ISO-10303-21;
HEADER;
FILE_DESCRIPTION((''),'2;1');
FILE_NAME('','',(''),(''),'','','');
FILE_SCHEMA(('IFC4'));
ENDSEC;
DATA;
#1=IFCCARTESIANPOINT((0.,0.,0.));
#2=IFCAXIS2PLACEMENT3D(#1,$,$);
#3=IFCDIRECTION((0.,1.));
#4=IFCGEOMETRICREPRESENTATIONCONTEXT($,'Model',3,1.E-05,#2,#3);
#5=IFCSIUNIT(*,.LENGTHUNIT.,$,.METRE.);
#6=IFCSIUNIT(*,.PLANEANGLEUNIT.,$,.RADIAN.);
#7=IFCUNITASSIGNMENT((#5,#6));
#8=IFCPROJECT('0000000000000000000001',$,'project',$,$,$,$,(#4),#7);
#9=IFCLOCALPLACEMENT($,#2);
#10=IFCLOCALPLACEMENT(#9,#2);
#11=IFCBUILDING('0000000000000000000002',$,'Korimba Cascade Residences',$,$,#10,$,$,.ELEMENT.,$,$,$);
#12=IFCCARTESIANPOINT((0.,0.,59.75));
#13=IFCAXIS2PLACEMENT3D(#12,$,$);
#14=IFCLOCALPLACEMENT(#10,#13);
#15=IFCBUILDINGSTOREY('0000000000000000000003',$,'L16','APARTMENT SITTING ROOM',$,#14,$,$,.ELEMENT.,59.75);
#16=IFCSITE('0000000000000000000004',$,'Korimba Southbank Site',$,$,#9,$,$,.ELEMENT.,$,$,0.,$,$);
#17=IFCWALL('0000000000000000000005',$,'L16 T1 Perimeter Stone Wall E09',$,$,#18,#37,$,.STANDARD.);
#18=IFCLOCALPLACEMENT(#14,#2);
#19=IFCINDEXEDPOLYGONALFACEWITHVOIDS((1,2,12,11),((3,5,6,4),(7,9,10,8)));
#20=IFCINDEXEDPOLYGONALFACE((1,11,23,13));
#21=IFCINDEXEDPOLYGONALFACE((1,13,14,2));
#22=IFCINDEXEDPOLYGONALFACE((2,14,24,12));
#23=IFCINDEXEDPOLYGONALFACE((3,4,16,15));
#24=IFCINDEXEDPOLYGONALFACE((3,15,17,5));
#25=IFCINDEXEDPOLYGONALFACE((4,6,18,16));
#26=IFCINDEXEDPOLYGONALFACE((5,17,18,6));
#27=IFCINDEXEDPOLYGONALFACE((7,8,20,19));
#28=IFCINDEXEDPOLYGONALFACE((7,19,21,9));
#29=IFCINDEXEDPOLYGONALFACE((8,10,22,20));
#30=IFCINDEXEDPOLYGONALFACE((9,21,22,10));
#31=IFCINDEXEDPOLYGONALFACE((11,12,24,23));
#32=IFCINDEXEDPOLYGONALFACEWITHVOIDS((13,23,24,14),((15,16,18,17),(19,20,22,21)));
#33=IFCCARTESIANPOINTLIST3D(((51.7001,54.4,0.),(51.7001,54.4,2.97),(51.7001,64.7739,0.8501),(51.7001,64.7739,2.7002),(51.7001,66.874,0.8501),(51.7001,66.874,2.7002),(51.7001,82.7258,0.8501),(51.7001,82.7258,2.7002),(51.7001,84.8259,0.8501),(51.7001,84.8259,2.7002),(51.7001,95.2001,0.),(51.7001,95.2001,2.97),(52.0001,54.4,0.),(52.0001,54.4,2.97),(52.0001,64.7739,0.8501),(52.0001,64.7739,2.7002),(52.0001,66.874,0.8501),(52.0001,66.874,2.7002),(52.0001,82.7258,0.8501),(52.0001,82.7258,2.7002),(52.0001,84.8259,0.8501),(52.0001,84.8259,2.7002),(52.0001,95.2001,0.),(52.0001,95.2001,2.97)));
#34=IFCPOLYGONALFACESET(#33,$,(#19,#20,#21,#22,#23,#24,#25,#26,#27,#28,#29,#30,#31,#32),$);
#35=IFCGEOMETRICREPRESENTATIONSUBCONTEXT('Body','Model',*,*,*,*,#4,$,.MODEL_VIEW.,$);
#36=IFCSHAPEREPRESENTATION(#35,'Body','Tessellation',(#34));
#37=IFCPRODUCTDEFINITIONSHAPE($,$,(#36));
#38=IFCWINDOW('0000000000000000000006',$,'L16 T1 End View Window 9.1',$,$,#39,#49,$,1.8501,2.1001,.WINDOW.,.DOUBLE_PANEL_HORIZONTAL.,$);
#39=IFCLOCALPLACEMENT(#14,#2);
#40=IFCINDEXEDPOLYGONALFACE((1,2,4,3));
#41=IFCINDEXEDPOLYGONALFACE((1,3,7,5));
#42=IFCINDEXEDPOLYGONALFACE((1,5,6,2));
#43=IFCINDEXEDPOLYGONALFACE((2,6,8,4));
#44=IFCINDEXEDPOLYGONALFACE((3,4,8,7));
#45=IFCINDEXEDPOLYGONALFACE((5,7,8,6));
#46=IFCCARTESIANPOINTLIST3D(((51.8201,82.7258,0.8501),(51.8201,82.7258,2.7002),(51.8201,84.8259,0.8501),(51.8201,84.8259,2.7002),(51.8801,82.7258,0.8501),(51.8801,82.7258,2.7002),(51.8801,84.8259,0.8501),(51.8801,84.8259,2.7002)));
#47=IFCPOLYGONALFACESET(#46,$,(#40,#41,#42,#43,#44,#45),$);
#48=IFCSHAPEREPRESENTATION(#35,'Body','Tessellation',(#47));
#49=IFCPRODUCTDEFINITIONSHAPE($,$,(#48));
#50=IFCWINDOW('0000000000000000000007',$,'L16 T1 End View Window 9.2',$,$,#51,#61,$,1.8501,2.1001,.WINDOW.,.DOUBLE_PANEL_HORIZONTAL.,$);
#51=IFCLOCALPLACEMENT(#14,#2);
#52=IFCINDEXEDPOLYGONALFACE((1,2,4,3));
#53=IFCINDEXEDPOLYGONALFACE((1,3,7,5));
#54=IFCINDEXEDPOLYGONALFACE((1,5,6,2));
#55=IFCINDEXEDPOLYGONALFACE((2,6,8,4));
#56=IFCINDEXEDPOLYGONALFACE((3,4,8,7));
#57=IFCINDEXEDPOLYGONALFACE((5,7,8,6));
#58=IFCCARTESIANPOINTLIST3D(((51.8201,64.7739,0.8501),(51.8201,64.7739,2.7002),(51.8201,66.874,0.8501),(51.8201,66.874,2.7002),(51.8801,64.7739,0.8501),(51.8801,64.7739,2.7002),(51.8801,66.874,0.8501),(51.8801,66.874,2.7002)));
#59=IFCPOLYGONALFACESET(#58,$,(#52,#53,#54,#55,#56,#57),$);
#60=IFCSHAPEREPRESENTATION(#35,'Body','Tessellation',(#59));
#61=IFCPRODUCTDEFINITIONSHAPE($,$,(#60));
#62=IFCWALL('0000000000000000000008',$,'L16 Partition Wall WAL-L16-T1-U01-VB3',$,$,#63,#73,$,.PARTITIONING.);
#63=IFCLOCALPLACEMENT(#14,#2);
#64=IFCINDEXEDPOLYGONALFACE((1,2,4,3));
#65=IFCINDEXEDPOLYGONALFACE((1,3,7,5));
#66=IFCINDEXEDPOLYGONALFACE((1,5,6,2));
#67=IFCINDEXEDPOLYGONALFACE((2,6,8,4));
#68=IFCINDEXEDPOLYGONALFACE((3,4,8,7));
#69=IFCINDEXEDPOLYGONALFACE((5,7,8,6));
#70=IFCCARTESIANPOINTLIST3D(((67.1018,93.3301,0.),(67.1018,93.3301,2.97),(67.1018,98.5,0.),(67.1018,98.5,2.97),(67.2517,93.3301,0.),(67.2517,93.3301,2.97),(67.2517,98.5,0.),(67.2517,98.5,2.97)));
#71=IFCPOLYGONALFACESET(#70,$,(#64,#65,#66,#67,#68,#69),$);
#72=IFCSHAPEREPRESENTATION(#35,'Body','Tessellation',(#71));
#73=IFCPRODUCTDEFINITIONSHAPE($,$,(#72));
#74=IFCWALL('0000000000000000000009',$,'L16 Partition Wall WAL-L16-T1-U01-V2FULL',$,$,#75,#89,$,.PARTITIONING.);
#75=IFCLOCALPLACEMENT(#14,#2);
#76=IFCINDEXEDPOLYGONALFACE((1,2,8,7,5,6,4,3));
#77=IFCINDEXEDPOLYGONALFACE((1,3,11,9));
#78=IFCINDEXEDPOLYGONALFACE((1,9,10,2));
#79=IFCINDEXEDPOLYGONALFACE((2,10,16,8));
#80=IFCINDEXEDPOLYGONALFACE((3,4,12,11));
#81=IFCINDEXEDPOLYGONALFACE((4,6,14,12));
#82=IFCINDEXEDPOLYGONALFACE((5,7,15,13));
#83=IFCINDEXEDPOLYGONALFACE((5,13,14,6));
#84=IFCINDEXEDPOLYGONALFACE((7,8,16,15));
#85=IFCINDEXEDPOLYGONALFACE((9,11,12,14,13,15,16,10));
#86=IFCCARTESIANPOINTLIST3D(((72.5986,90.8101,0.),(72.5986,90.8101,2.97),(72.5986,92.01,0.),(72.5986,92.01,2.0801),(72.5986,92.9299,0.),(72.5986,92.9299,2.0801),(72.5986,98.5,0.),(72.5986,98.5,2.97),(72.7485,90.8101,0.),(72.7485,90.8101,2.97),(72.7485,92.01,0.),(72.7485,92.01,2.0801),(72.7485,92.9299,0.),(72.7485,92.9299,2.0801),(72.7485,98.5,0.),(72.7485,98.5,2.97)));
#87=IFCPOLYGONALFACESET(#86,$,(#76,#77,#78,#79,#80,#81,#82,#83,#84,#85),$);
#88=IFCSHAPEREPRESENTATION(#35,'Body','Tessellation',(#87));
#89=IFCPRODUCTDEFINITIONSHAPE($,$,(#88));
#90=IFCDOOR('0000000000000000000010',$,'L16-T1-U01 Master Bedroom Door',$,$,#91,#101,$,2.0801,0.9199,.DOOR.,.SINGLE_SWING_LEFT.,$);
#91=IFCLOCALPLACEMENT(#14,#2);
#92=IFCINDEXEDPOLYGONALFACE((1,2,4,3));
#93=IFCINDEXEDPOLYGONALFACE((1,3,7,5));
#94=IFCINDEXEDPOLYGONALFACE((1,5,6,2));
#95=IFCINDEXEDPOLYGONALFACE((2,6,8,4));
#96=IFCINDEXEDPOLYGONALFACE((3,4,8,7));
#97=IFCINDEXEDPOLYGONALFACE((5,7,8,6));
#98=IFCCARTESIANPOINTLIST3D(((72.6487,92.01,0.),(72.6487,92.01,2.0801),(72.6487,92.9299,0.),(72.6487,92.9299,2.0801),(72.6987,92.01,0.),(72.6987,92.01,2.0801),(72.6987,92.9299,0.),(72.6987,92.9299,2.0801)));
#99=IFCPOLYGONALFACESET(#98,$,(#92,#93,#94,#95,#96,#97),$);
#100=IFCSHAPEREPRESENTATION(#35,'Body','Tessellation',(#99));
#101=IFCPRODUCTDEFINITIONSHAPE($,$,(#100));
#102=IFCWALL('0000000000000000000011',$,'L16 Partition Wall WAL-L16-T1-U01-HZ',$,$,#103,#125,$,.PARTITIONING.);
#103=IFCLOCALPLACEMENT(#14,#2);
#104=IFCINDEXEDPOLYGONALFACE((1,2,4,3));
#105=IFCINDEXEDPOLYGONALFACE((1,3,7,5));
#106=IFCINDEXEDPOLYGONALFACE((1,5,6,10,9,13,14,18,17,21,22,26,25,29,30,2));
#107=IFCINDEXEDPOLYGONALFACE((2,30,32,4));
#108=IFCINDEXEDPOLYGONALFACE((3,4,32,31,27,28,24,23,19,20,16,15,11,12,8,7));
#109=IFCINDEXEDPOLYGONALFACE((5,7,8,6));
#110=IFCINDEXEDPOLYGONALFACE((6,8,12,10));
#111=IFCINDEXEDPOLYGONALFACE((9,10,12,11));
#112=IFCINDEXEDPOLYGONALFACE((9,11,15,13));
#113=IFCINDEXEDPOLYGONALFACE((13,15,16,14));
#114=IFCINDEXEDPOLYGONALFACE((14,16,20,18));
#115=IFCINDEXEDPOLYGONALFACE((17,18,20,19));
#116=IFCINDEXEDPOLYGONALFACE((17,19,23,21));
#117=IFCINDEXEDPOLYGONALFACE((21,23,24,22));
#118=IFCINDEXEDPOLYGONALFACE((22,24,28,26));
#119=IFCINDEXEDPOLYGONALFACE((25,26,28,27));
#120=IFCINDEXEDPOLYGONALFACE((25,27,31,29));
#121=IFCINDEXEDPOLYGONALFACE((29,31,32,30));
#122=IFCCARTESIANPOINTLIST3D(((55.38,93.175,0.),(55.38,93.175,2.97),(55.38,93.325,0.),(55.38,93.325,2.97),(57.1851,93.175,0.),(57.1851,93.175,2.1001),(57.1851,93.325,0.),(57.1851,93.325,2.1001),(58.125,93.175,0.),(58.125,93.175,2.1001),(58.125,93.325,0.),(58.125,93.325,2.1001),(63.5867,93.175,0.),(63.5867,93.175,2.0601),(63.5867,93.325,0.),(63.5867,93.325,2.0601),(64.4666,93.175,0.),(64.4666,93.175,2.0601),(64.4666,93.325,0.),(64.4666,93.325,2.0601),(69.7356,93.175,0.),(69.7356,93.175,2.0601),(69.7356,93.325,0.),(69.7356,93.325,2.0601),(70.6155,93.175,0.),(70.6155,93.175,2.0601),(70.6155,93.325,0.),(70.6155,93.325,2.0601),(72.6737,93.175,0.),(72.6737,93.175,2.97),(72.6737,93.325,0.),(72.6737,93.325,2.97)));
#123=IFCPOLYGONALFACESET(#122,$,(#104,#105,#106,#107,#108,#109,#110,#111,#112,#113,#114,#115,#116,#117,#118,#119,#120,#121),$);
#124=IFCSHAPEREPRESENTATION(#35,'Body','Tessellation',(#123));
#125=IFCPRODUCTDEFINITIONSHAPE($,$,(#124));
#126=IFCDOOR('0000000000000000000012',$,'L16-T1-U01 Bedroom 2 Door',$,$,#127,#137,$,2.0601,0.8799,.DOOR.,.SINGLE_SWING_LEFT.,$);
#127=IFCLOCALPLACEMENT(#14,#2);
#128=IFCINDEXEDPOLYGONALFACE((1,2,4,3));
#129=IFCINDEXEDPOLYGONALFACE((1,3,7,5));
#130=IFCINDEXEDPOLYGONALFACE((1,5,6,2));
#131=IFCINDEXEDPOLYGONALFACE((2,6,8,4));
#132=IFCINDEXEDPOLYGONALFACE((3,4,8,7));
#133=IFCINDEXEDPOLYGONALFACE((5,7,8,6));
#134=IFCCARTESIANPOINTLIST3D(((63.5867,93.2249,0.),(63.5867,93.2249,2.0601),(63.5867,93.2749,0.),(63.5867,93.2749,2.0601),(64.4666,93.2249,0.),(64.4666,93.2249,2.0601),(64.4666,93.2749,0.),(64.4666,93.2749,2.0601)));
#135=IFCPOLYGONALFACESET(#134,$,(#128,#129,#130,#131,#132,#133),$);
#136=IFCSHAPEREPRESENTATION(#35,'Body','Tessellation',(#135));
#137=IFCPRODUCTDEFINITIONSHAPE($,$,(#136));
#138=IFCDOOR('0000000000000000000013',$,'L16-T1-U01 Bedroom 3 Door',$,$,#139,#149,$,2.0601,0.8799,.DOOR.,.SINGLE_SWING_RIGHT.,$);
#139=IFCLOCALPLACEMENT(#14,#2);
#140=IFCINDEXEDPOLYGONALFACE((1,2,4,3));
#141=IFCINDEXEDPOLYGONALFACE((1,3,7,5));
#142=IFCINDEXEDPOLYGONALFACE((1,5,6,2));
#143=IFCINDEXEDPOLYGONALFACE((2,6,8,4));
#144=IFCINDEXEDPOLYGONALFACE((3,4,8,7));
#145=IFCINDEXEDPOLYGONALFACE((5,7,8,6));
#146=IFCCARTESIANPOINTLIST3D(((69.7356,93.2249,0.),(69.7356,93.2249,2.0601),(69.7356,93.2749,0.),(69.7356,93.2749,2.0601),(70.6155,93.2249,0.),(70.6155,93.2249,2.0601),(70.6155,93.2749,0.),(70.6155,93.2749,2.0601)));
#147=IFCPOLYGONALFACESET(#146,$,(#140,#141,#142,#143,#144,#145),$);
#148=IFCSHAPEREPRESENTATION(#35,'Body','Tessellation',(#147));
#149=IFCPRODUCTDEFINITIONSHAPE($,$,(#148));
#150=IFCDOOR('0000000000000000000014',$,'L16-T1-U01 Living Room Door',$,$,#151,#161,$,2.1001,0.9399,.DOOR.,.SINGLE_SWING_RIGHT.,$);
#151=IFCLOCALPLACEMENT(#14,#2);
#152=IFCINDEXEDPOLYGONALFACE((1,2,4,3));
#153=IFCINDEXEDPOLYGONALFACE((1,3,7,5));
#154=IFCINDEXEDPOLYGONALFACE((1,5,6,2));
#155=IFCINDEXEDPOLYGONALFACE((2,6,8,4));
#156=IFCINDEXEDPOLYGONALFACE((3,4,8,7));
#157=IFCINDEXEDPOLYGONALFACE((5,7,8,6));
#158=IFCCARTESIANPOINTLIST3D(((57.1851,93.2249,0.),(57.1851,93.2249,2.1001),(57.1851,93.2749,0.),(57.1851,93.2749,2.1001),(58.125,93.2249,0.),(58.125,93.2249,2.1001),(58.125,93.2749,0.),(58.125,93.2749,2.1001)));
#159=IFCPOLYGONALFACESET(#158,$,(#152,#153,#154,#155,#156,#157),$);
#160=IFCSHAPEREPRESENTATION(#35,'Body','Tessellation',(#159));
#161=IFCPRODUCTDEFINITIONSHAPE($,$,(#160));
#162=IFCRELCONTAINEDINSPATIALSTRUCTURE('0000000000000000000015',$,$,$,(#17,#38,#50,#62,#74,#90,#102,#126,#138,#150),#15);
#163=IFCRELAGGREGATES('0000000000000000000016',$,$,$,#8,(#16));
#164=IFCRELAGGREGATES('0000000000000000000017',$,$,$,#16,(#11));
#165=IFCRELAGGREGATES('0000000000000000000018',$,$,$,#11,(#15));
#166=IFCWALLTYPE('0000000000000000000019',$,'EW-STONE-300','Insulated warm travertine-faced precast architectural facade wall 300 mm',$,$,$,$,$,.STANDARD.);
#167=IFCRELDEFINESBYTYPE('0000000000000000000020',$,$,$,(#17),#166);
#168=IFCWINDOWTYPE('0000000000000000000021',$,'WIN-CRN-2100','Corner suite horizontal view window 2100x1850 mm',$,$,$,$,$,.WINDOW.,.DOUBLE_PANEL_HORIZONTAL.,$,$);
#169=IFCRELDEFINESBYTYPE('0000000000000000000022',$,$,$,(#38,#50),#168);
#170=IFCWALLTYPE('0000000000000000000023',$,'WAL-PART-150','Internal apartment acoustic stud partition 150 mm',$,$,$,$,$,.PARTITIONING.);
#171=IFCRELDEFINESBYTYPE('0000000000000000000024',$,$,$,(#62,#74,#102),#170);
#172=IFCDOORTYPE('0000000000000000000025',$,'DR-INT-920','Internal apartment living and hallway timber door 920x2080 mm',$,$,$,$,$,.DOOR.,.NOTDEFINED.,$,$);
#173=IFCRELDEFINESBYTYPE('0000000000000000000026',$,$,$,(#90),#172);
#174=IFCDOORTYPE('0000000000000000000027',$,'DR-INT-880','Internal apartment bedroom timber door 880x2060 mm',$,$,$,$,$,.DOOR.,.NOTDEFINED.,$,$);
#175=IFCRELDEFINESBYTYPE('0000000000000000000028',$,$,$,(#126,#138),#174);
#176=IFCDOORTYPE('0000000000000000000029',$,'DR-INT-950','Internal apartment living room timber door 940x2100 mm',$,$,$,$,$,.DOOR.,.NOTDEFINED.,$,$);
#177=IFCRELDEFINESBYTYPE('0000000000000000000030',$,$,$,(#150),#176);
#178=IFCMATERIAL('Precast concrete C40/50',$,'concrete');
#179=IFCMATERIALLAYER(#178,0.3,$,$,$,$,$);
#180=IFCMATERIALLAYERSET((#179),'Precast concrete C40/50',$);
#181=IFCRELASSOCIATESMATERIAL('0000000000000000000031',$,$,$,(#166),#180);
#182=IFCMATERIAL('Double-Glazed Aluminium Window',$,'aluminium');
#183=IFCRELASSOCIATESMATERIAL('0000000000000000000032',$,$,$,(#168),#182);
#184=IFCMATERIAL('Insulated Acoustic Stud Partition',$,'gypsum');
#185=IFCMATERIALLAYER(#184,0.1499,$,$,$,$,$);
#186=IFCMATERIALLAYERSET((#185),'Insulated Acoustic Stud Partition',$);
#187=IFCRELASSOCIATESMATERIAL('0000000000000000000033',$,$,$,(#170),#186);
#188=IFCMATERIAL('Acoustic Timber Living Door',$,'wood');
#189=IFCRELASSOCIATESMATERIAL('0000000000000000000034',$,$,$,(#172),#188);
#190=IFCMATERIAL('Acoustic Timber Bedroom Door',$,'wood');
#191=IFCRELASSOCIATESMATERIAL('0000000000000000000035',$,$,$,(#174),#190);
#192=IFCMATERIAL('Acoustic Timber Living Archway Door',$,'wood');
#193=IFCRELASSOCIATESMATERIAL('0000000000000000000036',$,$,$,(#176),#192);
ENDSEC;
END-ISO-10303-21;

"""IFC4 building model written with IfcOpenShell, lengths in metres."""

from ifc_helpers import new_model, si_unit, direction, frame, frame_2d, origin, place, context, subcontext, project, spatial, rectangle, extrude, material, layer, layer_set, type_object, element, fill, save


model = new_model("IFC4")

# Units and contexts
model_context = context("Model", 3, precision=1e-05, world=origin(), true_north=direction((0.0, 1.0)))
body_context = subcontext(model_context, "Body", "Model", "MODEL_VIEW")
ifc_project = project(units=[si_unit("LENGTHUNIT", "METRE"), si_unit("PLANEANGLEUNIT", "RADIAN")], contexts=[model_context])

# Site, building, storey
site_placement = place(None, origin())
site = spatial("IfcSite", under=ifc_project, at=site_placement, Name="Korimba Southbank Site", CompositionType="ELEMENT", RefElevation=0.0)
building_placement = place(site_placement, origin())
building = spatial("IfcBuilding", under=site, at=building_placement, Name="Korimba Cascade Residences", CompositionType="ELEMENT")
storey_placement = place(building_placement, frame((0.0, 0.0, 59.75)))
storey = spatial("IfcBuildingStorey", under=building, at=storey_placement, Name="L16", Description="APARTMENT SITTING ROOM", CompositionType="ELEMENT", Elevation=59.75)

# Shared definitions
ifc_material_1 = material(Name="Precast concrete C40/50", Category="concrete")
ifc_layer_1 = layer(ifc_material_1, 0.3)
ifc_layer_set_1 = layer_set([ifc_layer_1], Name="Precast concrete C40/50")
wall_type_1 = type_object("IfcWallType", Name="EW-STONE-300", Description="Insulated warm travertine-faced precast architectural facade wall 300 mm", PredefinedType="STANDARD", material=ifc_layer_set_1)

# Wall, openings, windows
wall_1_placement = place(storey_placement, frame((51.8501, 95.2, 0.0), z_axis=(0.0, 0.0, 1.0), x_axis=(0.0, -1.0, 0.0)))
wall_1 = element("IfcWall", 1, at=wall_1_placement, inside=storey, type_object=wall_type_1, Name="L16 T1 Perimeter Stone Wall E09", PredefinedType="STANDARD", context=body_context, shape_type="SweptSolid", body=[
    extrude(rectangle(XDim=40.8, YDim=0.3, at=frame_2d((20.3999, 0.0))), origin(), (0.0, 0.0, 1.0), 2.97),
])
opening_1_placement = place(wall_1_placement, frame((10.374, 0.0, 0.8501)))
opening_1 = element("IfcOpeningElement", 2, at=opening_1_placement, cuts=wall_1, PredefinedType="OPENING", context=body_context, shape_type="SweptSolid", body=[
    extrude(rectangle(XDim=2.1001, YDim=1.8501, at=frame_2d((1.05, 0.925))), frame((0.0, 0.1602, 0.0), z_axis=(0.0, -1.0, 0.0), x_axis=(1.0, 0.0, 0.0)), (0.0, 0.0, 1.0), 0.3201),
])
opening_2_placement = place(wall_1_placement, frame((28.3259, 0.0, 0.8501)))
opening_2 = element("IfcOpeningElement", 3, at=opening_2_placement, cuts=wall_1, PredefinedType="OPENING", context=body_context, shape_type="SweptSolid", body=[
    extrude(rectangle(XDim=2.1001, YDim=1.8501, at=frame_2d((1.05, 0.925))), frame((0.0, 0.1602, 0.0), z_axis=(0.0, -1.0, 0.0), x_axis=(1.0, 0.0, 0.0)), (0.0, 0.0, 1.0), 0.3201),
])
ifc_material_2 = material(Name="Double-Glazed Aluminium Window", Category="aluminium")
window_type = type_object("IfcWindowType", Name="WIN-CRN-2100", Description="Corner suite horizontal view window 2100x1850 mm", PartitioningType="DOUBLE_PANEL_HORIZONTAL", PredefinedType="WINDOW", material=ifc_material_2)
window_1_placement = place(opening_1_placement, origin())
window_1 = element("IfcWindow", 4, at=window_1_placement, inside=storey, type_object=window_type, Name="L16 T1 End View Window 9.1", OverallHeight=1.8501, OverallWidth=2.1001, PartitioningType="DOUBLE_PANEL_HORIZONTAL", PredefinedType="WINDOW", context=body_context, shape_type="SweptSolid", body=[
    extrude(rectangle(XDim=2.1001, YDim=1.8501, at=frame_2d((1.05, 0.925))), frame((0.0, 0.03, 0.0), z_axis=(0.0, -1.0, 0.0), x_axis=(1.0, 0.0, 0.0)), (0.0, 0.0, 1.0), 0.0601),
])
fill(opening_1, window_1)
window_2_placement = place(opening_2_placement, origin())
window_2 = element("IfcWindow", 5, at=window_2_placement, inside=storey, type_object=window_type, Name="L16 T1 End View Window 9.2", OverallHeight=1.8501, OverallWidth=2.1001, PartitioningType="DOUBLE_PANEL_HORIZONTAL", PredefinedType="WINDOW", context=body_context, shape_type="SweptSolid", body=[
    extrude(rectangle(XDim=2.1001, YDim=1.8501, at=frame_2d((1.05, 0.925))), frame((0.0, 0.03, 0.0), z_axis=(0.0, -1.0, 0.0), x_axis=(1.0, 0.0, 0.0)), (0.0, 0.0, 1.0), 0.0601),
])
fill(opening_2, window_2)

# Wall
ifc_material_3 = material(Name="Insulated Acoustic Stud Partition", Category="gypsum")
ifc_layer_2 = layer(ifc_material_3, 0.1499)
ifc_layer_set_2 = layer_set([ifc_layer_2], Name="Insulated Acoustic Stud Partition")
wall_type_2 = type_object("IfcWallType", Name="WAL-PART-150", Description="Internal apartment acoustic stud partition 150 mm", PredefinedType="PARTITIONING", material=ifc_layer_set_2)
wall_2_placement = place(storey_placement, frame((67.1768, 93.3301, 0.0), z_axis=(0.0, 0.0, 1.0), x_axis=(0.0, 1.0, 0.0)))
element("IfcWall", 6, at=wall_2_placement, inside=storey, type_object=wall_type_2, Name="L16 Partition Wall WAL-L16-T1-U01-VB3", PredefinedType="PARTITIONING", context=body_context, shape_type="SweptSolid", body=[
    extrude(rectangle(XDim=5.1699, YDim=0.1499, at=frame_2d((2.585, 0.0))), origin(), (0.0, 0.0, 1.0), 2.97),
])

# Wall, opening, door
wall_3_placement = place(storey_placement, frame((72.6736, 90.8101, 0.0), z_axis=(0.0, 0.0, 1.0), x_axis=(0.0, 1.0, 0.0)))
wall_3 = element("IfcWall", 7, at=wall_3_placement, inside=storey, type_object=wall_type_2, Name="L16 Partition Wall WAL-L16-T1-U01-V2FULL", PredefinedType="PARTITIONING", context=body_context, shape_type="SweptSolid", body=[
    extrude(rectangle(XDim=7.6899, YDim=0.1499, at=frame_2d((3.845, 0.0))), origin(), (0.0, 0.0, 1.0), 2.97),
])
opening_3_placement = place(wall_3_placement, frame((1.2, 0.0, 0.0)))
opening_3 = element("IfcOpeningElement", 8, at=opening_3_placement, cuts=wall_3, PredefinedType="OPENING", context=body_context, shape_type="SweptSolid", body=[
    extrude(rectangle(XDim=0.9199, YDim=2.0801, at=frame_2d((0.46, 1.04))), frame((0.0, 0.085, 0.0), z_axis=(0.0, -1.0, 0.0), x_axis=(1.0, 0.0, 0.0)), (0.0, 0.0, 1.0), 0.1699),
])
ifc_material_4 = material(Name="Acoustic Timber Living Door", Category="wood")
door_type_1 = type_object("IfcDoorType", Name="DR-INT-920", Description="Internal apartment living and hallway timber door 920x2080 mm", OperationType="NOTDEFINED", PredefinedType="DOOR", material=ifc_material_4)
door_1_placement = place(opening_3_placement, origin())
door_1 = element("IfcDoor", 9, at=door_1_placement, inside=storey, type_object=door_type_1, Name="L16-T1-U01 Master Bedroom Door", OperationType="SINGLE_SWING_LEFT", OverallHeight=2.0801, OverallWidth=0.9199, PredefinedType="DOOR", context=body_context, shape_type="SweptSolid", body=[
    extrude(rectangle(XDim=0.9199, YDim=2.0801, at=frame_2d((0.46, 1.04))), frame((0.0, 0.0249, 0.0), z_axis=(0.0, -1.0, 0.0), x_axis=(1.0, 0.0, 0.0)), (0.0, 0.0, 1.0), 0.05),
])
fill(opening_3, door_1)

# Wall, openings, doors
wall_4_placement = place(storey_placement, frame((55.3799, 93.25, 0.0), z_axis=(0.0, 0.0, 1.0), x_axis=(1.0, 0.0, 0.0)))
wall_4 = element("IfcWall", 10, at=wall_4_placement, inside=storey, type_object=wall_type_2, Name="L16 Partition Wall WAL-L16-T1-U01-HZ", PredefinedType="PARTITIONING", context=body_context, shape_type="SweptSolid", body=[
    extrude(rectangle(XDim=17.2937, YDim=0.1499, at=frame_2d((8.647, 0.0))), origin(), (0.0, 0.0, 1.0), 2.97),
])
opening_4_placement = place(wall_4_placement, frame((1.8052, 0.0, 0.0)))
opening_4 = element("IfcOpeningElement", 11, at=opening_4_placement, cuts=wall_4, PredefinedType="OPENING", context=body_context, shape_type="SweptSolid", body=[
    extrude(rectangle(XDim=0.9399, YDim=2.1001, at=frame_2d((0.47, 1.05))), frame((0.0, 0.085, 0.0), z_axis=(0.0, -1.0, 0.0), x_axis=(1.0, 0.0, 0.0)), (0.0, 0.0, 1.0), 0.1699),
])
opening_5_placement = place(wall_4_placement, frame((8.2068, 0.0, 0.0)))
opening_5 = element("IfcOpeningElement", 12, at=opening_5_placement, cuts=wall_4, PredefinedType="OPENING", context=body_context, shape_type="SweptSolid", body=[
    extrude(rectangle(XDim=0.8799, YDim=2.0601, at=frame_2d((0.4399, 1.03))), frame((0.0, 0.085, 0.0), z_axis=(0.0, -1.0, 0.0), x_axis=(1.0, 0.0, 0.0)), (0.0, 0.0, 1.0), 0.1699),
])
opening_6_placement = place(wall_4_placement, frame((14.3557, 0.0, 0.0)))
opening_6 = element("IfcOpeningElement", 13, at=opening_6_placement, cuts=wall_4, PredefinedType="OPENING", context=body_context, shape_type="SweptSolid", body=[
    extrude(rectangle(XDim=0.8799, YDim=2.0601, at=frame_2d((0.4399, 1.03))), frame((0.0, 0.085, 0.0), z_axis=(0.0, -1.0, 0.0), x_axis=(1.0, 0.0, 0.0)), (0.0, 0.0, 1.0), 0.1699),
])
ifc_material_5 = material(Name="Acoustic Timber Bedroom Door", Category="wood")
door_type_2 = type_object("IfcDoorType", Name="DR-INT-880", Description="Internal apartment bedroom timber door 880x2060 mm", OperationType="NOTDEFINED", PredefinedType="DOOR", material=ifc_material_5)
door_2_placement = place(opening_5_placement, origin())
door_2 = element("IfcDoor", 14, at=door_2_placement, inside=storey, type_object=door_type_2, Name="L16-T1-U01 Bedroom 2 Door", OperationType="SINGLE_SWING_LEFT", OverallHeight=2.0601, OverallWidth=0.8799, PredefinedType="DOOR", context=body_context, shape_type="SweptSolid", body=[
    extrude(rectangle(XDim=0.8799, YDim=2.0601, at=frame_2d((0.4399, 1.03))), frame((0.0, 0.0249, 0.0), z_axis=(0.0, -1.0, 0.0), x_axis=(1.0, 0.0, 0.0)), (0.0, 0.0, 1.0), 0.05),
])
fill(opening_5, door_2)
door_3_placement = place(opening_6_placement, origin())
door_3 = element("IfcDoor", 15, at=door_3_placement, inside=storey, type_object=door_type_2, Name="L16-T1-U01 Bedroom 3 Door", OperationType="SINGLE_SWING_RIGHT", OverallHeight=2.0601, OverallWidth=0.8799, PredefinedType="DOOR", context=body_context, shape_type="SweptSolid", body=[
    extrude(rectangle(XDim=0.8799, YDim=2.0601, at=frame_2d((0.4399, 1.03))), frame((0.0, 0.0249, 0.0), z_axis=(0.0, -1.0, 0.0), x_axis=(1.0, 0.0, 0.0)), (0.0, 0.0, 1.0), 0.05),
])
fill(opening_6, door_3)
ifc_material_6 = material(Name="Acoustic Timber Living Archway Door", Category="wood")
door_type_3 = type_object("IfcDoorType", Name="DR-INT-950", Description="Internal apartment living room timber door 940x2100 mm", OperationType="NOTDEFINED", PredefinedType="DOOR", material=ifc_material_6)
door_4_placement = place(opening_4_placement, origin())
door_4 = element("IfcDoor", 16, at=door_4_placement, inside=storey, type_object=door_type_3, Name="L16-T1-U01 Living Room Door", OperationType="SINGLE_SWING_RIGHT", OverallHeight=2.1001, OverallWidth=0.9399, PredefinedType="DOOR", context=body_context, shape_type="SweptSolid", body=[
    extrude(rectangle(XDim=0.9399, YDim=2.1001, at=frame_2d((0.47, 1.05))), frame((0.0, 0.0249, 0.0), z_axis=(0.0, -1.0, 0.0), x_axis=(1.0, 0.0, 0.0)), (0.0, 0.0, 1.0), 0.05),
])
fill(opening_4, door_4)

save(model, "model.ifc")
